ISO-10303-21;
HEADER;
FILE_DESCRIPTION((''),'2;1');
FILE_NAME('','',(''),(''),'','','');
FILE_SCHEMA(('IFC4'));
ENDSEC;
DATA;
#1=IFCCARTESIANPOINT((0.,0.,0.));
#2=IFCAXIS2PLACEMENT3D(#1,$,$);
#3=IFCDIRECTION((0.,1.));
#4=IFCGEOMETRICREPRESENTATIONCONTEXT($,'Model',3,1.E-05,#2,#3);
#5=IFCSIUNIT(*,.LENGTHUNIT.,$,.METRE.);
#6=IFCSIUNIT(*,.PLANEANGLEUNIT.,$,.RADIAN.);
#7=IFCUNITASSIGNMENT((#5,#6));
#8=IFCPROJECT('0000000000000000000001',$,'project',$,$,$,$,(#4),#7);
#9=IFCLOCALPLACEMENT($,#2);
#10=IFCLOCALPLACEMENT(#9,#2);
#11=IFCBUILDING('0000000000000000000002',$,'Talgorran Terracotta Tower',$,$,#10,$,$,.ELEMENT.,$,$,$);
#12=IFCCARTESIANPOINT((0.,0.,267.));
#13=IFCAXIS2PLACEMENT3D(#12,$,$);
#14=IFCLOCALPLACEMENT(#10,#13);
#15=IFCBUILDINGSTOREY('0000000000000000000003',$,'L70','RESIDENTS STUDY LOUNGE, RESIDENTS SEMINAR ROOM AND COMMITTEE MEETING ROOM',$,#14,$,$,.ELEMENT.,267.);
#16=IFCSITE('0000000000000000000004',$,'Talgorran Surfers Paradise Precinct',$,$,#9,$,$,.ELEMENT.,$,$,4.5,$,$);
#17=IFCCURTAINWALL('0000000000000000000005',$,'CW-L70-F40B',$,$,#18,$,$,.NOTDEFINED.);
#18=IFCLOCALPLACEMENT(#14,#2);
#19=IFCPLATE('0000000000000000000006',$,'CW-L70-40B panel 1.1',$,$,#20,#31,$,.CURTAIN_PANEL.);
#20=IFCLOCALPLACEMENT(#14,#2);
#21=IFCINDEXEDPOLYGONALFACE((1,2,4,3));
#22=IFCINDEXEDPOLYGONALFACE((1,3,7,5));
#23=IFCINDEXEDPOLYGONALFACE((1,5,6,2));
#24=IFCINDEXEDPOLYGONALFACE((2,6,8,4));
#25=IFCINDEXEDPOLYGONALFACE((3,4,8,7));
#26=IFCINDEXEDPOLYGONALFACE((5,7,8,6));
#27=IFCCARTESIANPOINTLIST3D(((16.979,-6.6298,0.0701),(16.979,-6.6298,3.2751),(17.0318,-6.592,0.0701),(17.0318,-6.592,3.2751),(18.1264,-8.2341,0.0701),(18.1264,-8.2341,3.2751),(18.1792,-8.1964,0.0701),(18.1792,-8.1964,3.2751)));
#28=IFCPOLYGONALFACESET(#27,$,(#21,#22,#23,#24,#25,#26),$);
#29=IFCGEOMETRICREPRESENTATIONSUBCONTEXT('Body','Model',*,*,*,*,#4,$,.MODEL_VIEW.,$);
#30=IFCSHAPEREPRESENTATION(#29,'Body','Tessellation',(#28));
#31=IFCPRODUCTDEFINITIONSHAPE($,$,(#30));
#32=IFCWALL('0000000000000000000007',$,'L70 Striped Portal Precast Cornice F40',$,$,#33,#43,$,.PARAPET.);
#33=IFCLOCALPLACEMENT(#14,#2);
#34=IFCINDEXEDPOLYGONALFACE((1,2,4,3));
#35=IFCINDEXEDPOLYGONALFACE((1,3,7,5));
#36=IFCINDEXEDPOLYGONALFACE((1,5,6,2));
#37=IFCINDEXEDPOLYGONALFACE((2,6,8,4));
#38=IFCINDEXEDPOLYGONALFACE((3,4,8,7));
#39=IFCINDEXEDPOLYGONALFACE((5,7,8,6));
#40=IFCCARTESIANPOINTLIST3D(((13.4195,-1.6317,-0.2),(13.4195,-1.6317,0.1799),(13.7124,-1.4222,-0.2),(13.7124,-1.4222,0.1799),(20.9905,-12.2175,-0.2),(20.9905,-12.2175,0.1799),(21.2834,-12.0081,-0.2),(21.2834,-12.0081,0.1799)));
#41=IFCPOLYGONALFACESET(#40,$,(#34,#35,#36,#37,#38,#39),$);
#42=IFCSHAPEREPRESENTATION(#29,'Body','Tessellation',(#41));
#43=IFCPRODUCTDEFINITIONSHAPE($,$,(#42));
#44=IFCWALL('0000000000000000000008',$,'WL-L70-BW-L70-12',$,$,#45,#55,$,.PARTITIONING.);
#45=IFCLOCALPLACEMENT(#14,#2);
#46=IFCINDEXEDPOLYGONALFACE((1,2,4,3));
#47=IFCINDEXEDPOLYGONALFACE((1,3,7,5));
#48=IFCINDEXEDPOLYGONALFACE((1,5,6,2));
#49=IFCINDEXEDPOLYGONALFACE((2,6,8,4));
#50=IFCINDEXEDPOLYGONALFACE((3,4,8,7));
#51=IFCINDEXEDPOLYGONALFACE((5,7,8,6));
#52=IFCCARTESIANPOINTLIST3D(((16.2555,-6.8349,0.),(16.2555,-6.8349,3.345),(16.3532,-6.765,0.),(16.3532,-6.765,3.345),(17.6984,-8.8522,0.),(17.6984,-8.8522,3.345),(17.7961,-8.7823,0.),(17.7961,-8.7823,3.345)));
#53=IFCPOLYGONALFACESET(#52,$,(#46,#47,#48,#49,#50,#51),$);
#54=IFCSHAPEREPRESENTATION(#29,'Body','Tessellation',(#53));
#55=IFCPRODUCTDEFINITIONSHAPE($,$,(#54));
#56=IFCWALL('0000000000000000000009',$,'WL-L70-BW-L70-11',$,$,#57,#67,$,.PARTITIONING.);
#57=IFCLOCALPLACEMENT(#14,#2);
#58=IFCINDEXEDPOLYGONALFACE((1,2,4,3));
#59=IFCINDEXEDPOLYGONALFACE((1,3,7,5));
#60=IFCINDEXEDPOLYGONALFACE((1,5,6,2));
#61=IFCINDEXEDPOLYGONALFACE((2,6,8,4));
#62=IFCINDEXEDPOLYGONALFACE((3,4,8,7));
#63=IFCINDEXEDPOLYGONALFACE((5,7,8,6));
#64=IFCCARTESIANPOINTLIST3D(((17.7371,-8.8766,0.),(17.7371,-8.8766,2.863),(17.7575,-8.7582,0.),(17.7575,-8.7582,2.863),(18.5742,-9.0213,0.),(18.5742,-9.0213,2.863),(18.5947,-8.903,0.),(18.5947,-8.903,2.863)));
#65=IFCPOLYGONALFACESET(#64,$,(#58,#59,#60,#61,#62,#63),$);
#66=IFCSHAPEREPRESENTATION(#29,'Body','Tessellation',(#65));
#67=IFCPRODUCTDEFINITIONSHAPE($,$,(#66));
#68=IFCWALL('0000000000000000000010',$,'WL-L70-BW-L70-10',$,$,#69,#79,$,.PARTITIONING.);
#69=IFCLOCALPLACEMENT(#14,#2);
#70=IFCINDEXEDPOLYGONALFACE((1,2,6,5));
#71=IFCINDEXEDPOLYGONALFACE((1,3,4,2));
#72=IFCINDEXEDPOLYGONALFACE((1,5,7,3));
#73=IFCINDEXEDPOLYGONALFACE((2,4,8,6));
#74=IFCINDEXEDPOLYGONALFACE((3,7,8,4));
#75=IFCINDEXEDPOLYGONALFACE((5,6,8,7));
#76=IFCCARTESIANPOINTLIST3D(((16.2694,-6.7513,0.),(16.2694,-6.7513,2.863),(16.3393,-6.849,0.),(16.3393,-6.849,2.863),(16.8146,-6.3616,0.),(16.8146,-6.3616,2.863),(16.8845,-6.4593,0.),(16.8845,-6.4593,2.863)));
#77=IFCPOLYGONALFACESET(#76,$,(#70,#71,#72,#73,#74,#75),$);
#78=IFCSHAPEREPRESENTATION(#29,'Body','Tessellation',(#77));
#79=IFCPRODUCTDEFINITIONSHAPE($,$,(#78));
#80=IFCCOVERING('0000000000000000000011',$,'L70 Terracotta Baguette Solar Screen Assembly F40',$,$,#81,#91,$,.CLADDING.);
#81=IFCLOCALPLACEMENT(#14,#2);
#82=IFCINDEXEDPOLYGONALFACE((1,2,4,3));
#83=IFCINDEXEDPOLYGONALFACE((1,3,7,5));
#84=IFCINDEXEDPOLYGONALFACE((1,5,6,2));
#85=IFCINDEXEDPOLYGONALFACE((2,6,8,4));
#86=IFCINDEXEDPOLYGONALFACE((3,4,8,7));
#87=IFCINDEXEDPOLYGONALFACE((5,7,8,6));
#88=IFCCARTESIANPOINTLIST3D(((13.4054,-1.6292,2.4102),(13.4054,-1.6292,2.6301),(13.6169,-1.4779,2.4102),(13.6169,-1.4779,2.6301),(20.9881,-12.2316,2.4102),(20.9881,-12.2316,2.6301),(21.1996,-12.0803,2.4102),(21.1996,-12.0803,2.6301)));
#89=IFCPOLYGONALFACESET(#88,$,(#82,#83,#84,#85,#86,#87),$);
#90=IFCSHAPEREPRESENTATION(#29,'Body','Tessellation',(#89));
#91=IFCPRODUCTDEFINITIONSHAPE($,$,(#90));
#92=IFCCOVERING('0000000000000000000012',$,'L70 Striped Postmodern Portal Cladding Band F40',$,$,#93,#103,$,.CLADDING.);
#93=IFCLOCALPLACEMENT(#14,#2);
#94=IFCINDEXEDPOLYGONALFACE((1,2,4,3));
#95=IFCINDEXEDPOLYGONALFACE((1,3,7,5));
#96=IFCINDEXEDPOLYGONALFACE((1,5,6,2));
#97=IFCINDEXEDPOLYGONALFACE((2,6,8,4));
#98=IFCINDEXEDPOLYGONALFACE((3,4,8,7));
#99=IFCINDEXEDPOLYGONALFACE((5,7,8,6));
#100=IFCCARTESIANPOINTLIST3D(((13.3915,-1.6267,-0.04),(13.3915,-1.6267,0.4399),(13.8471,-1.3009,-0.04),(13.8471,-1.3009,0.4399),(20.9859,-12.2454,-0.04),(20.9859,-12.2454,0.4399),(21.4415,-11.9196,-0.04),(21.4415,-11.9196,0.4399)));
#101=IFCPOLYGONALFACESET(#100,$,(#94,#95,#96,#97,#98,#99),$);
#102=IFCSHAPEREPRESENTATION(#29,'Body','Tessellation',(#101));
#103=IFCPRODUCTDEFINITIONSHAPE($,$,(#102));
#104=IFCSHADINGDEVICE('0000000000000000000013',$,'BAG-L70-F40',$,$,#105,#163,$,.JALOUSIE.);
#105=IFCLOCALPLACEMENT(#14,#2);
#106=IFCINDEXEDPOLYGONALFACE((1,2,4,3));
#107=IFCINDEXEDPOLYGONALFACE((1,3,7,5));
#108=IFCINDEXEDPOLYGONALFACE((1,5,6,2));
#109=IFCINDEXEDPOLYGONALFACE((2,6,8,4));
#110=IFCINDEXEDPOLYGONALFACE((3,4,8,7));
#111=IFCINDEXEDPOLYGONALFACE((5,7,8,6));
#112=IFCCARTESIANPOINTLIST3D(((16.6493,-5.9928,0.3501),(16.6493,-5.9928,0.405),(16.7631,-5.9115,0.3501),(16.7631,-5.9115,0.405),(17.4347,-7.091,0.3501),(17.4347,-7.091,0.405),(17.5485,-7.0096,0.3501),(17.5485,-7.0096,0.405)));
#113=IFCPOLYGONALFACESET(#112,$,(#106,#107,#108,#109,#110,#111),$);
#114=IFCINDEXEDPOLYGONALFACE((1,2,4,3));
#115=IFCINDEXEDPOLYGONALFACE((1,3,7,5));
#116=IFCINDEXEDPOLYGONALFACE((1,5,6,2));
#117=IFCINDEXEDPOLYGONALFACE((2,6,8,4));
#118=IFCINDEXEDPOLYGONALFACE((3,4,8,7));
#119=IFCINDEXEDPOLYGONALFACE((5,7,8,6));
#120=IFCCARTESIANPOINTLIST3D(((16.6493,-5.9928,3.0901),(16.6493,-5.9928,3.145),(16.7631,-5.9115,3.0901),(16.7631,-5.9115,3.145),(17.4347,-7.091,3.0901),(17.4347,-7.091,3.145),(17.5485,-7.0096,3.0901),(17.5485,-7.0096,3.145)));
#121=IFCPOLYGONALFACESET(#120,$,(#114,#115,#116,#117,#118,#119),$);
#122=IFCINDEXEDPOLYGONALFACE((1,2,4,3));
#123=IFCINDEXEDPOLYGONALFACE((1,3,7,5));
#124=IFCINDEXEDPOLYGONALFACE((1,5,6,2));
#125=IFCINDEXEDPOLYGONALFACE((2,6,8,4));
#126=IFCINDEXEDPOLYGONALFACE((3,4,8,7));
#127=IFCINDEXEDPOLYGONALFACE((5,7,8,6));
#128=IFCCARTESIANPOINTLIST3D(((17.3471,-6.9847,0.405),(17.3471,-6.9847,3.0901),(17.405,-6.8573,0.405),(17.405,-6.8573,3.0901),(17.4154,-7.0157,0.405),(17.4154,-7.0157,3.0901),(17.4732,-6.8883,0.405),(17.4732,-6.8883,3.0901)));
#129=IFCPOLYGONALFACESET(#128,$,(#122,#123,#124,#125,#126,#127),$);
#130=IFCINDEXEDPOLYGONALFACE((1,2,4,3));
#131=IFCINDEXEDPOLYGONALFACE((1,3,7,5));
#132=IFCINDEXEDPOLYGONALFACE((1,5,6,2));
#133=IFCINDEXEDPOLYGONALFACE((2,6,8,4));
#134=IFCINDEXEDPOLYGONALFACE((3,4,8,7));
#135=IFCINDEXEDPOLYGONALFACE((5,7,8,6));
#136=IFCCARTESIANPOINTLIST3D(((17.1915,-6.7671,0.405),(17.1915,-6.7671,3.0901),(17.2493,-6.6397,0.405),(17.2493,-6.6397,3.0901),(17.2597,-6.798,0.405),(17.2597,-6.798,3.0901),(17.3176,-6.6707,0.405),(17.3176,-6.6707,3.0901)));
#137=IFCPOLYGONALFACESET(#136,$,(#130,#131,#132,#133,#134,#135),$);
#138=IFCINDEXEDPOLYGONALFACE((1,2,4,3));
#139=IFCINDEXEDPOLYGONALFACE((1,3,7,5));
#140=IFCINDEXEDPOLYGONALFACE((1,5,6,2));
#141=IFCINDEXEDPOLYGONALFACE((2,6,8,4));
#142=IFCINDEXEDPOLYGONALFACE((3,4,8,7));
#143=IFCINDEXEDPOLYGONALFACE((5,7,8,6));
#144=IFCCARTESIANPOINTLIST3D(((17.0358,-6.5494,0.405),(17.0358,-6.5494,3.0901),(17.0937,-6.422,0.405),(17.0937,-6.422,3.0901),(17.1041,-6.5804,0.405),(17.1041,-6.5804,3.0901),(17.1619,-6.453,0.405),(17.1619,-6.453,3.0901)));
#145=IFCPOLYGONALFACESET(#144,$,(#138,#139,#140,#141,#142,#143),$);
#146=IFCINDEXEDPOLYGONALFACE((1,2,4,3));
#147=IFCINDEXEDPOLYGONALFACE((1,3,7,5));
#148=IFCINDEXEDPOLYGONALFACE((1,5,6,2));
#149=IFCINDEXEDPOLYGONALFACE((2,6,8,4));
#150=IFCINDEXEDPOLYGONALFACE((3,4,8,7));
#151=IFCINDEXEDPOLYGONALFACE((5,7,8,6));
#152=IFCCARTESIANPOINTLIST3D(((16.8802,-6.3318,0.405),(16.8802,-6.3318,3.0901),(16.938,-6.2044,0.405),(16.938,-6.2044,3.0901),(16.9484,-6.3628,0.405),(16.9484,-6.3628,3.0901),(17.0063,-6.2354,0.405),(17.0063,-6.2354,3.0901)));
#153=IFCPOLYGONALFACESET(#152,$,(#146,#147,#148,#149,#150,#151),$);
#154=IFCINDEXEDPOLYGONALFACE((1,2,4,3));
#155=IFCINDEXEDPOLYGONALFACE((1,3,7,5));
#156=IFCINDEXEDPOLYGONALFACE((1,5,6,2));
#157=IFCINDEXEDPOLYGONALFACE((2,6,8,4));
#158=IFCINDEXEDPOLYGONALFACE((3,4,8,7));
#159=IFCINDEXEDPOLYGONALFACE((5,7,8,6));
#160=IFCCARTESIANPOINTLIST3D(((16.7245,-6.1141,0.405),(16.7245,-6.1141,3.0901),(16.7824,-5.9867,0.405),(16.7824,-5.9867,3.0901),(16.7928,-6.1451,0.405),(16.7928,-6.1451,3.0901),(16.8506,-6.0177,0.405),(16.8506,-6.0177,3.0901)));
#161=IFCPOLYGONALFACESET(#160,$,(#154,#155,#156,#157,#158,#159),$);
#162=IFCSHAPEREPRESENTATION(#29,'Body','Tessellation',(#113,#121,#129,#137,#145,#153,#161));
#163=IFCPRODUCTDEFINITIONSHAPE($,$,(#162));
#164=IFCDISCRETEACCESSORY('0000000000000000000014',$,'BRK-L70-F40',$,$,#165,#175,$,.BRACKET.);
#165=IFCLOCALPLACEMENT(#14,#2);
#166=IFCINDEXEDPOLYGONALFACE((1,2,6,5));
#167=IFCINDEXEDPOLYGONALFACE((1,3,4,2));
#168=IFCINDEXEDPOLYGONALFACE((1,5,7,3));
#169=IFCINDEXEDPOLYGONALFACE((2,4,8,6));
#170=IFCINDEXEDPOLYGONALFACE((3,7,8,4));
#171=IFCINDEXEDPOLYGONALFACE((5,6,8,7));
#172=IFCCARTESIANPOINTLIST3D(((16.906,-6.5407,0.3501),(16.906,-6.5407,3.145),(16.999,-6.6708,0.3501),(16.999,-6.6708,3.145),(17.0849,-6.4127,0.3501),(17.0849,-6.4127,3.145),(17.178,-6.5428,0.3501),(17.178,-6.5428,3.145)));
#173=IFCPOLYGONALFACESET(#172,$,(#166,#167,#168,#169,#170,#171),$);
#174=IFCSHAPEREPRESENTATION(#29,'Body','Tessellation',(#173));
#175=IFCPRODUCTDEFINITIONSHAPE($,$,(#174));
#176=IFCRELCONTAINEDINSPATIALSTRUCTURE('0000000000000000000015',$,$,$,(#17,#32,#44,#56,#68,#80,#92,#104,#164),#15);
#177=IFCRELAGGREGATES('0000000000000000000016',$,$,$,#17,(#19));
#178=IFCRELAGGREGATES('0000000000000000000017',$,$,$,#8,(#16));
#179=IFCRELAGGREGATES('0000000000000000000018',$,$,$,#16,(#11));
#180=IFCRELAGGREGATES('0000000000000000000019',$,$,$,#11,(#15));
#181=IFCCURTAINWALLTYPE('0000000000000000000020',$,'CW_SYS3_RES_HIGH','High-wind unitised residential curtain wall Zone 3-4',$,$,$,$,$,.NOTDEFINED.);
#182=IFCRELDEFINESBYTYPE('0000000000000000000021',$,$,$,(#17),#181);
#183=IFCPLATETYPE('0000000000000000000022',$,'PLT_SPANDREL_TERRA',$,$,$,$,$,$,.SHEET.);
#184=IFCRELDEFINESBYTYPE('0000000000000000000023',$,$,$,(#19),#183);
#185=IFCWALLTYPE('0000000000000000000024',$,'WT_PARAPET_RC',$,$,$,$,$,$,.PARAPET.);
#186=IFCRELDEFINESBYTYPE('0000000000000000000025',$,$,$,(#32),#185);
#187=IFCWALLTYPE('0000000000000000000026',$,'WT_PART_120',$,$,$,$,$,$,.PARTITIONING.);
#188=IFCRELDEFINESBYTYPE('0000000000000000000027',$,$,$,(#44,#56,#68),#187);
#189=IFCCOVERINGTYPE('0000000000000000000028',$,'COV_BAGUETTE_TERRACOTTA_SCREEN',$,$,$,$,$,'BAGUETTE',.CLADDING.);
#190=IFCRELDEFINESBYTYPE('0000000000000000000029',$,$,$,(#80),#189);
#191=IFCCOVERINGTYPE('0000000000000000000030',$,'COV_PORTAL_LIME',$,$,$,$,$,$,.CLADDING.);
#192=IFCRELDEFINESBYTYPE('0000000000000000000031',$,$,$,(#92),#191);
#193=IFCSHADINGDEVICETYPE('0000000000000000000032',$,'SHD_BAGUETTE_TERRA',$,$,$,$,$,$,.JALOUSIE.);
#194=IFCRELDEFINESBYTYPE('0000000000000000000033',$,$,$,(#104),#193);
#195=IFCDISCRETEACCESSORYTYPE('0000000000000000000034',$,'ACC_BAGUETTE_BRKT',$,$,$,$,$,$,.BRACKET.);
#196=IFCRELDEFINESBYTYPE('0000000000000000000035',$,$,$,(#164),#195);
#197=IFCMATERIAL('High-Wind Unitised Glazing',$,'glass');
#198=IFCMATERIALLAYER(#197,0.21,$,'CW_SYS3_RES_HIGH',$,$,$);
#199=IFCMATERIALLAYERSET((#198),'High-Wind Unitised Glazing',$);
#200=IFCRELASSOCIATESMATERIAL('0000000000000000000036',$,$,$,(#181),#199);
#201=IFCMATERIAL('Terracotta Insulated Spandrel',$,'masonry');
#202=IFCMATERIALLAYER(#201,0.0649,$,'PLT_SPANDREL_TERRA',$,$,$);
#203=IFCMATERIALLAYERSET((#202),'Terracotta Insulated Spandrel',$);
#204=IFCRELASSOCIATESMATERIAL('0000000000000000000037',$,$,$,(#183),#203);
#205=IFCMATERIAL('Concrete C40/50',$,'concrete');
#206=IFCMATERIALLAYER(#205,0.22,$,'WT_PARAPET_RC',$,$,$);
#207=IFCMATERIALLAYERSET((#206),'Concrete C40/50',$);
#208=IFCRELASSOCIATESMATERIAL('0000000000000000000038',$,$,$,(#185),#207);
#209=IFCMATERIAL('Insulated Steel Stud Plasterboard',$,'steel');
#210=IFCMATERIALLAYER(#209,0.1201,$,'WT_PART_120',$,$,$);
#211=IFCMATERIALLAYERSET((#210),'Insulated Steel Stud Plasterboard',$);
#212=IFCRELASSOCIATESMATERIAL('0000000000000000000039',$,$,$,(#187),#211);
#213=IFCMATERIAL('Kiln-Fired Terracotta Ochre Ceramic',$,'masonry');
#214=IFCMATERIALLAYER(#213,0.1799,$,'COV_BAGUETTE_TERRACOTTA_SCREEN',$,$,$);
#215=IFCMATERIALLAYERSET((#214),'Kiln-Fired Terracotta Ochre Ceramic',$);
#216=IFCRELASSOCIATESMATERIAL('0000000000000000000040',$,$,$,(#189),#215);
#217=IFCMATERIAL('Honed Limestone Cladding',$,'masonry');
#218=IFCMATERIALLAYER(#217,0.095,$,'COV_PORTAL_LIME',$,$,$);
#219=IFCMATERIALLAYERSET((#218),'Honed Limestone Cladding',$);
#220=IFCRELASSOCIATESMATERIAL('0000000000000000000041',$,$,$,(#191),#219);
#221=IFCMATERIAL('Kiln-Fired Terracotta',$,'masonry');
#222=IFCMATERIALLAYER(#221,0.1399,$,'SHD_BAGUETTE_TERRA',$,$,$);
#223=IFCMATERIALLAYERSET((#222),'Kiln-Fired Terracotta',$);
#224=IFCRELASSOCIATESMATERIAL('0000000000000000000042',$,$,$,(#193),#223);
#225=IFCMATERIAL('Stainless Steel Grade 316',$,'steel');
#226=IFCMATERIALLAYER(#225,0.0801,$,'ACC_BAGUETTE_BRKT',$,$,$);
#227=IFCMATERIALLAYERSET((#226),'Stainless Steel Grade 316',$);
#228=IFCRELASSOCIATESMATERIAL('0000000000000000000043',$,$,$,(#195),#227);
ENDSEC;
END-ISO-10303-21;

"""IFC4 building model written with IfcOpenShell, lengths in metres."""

from ifc_helpers import new_model, si_unit, direction, frame, frame_2d, origin, origin_2d, place, context, subcontext, project, spatial, rectangle, extrude, source, transform, mapped, material, layer, layer_set, type_object, type_shapes, element, aggregate, save


model = new_model("IFC4")

# Units and contexts
model_context = context("Model", 3, precision=1e-05, world=origin(), true_north=direction((0.0, 1.0)))
body_context = subcontext(model_context, "Body", "Model", "MODEL_VIEW")
ifc_project = project(units=[si_unit("LENGTHUNIT", "METRE"), si_unit("PLANEANGLEUNIT", "RADIAN")], contexts=[model_context])

# Site, building, storey
site_placement = place(None, origin())
site = spatial("IfcSite", under=ifc_project, at=site_placement, Name="Talgorran Surfers Paradise Precinct", CompositionType="ELEMENT", RefElevation=4.5)
building_placement = place(site_placement, origin())
building = spatial("IfcBuilding", under=site, at=building_placement, Name="Talgorran Terracotta Tower", CompositionType="ELEMENT")
storey_placement = place(building_placement, frame((0.0, 0.0, 267.0)))
storey = spatial("IfcBuildingStorey", under=building, at=storey_placement, Name="L70", Description="RESIDENTS STUDY LOUNGE, RESIDENTS SEMINAR ROOM AND COMMITTEE MEETING ROOM", CompositionType="ELEMENT", Elevation=267.0)

# Shared definitions
ifc_material_1 = material(Name="High-Wind Unitised Glazing", Category="glass")
ifc_layer_1 = layer(ifc_material_1, 0.21, Name="CW_SYS3_RES_HIGH")
ifc_layer_set_1 = layer_set([ifc_layer_1], Name="High-Wind Unitised Glazing")
curtain_wall_type = type_object("IfcCurtainWallType", Name="CW_SYS3_RES_HIGH", Description="High-wind unitised residential curtain wall Zone 3-4", PredefinedType="NOTDEFINED", material=ifc_layer_set_1)

# Curtain wall
curtain_wall_1_placement = place(storey_placement, origin())
curtain_wall_1 = element("IfcCurtainWall", 1, at=curtain_wall_1_placement, inside=storey, type_object=curtain_wall_type, Name="CW-L70-F40B", PredefinedType="NOTDEFINED")

# Plate
ifc_material_2 = material(Name="Terracotta Insulated Spandrel", Category="masonry")
ifc_layer_2 = layer(ifc_material_2, 0.0649, Name="PLT_SPANDREL_TERRA")
ifc_layer_set_2 = layer_set([ifc_layer_2], Name="Terracotta Insulated Spandrel")
plate_type_1 = type_object("IfcPlateType", Name="PLT_SPANDREL_TERRA", PredefinedType="SHEET", material=ifc_layer_set_2)
shared_shape_1 = source(origin(), body_context, "Body", "SweptSolid", [
    extrude(rectangle(XDim=1.9724, YDim=0.0649, at=origin_2d()), origin(), (0.0, 0.0, 1.0), 3.2051),
])
type_shapes(plate_type_1, [shared_shape_1])
plate_1_placement = place(storey_placement, frame((17.5791, -7.4131, 0.0701), z_axis=(0.0, 0.0, 1.0), x_axis=(-0.581735, 0.813378, 0.0)))
plate_1 = element("IfcPlate", 2, at=plate_1_placement, type_object=plate_type_1, Name="CW-L70-40B panel 1.1", PredefinedType="CURTAIN_PANEL", context=body_context, shape_type="MappedRepresentation", body=[
    mapped(shared_shape_1, transform((0.0, 0.0, 0.0), scale=1.0)),
])
aggregate(curtain_wall_1, [plate_1])

# Walls
ifc_material_3 = material(Name="Concrete C40/50", Category="concrete")
ifc_layer_3 = layer(ifc_material_3, 0.22, Name="WT_PARAPET_RC")
ifc_layer_set_3 = layer_set([ifc_layer_3], Name="Concrete C40/50")
wall_type_1 = type_object("IfcWallType", Name="WT_PARAPET_RC", PredefinedType="PARAPET", material=ifc_layer_set_3)
wall_1_placement = place(storey_placement, frame((21.137, -12.1128, -0.2), z_axis=(0.0, 0.0, 1.0), x_axis=(-0.58173, 0.813382, 0.0)))
element("IfcWall", 3, at=wall_1_placement, inside=storey, type_object=wall_type_1, Name="L70 Striped Portal Precast Cornice F40", PredefinedType="PARAPET", context=body_context, shape_type="SweptSolid", body=[
    extrude(rectangle(XDim=13.0146, YDim=0.3601, at=frame_2d((6.5073, 0.0))), origin(), (0.0, 0.0, 1.0), 0.3799),
])
ifc_material_4 = material(Name="Insulated Steel Stud Plasterboard", Category="steel")
ifc_layer_4 = layer(ifc_material_4, 0.1201, Name="WT_PART_120")
ifc_layer_set_4 = layer_set([ifc_layer_4], Name="Insulated Steel Stud Plasterboard")
wall_type_2 = type_object("IfcWallType", Name="WT_PART_120", PredefinedType="PARTITIONING", material=ifc_layer_set_4)
wall_2_placement = place(storey_placement, frame((17.7473, -8.8174, 0.0), z_axis=(0.0, 0.0, 1.0), x_axis=(-0.58175, 0.813368, 0.0)))
element("IfcWall", 4, at=wall_2_placement, inside=storey, type_object=wall_type_2, Name="WL-L70-BW-L70-12", PredefinedType="PARTITIONING", context=body_context, shape_type="SweptSolid", body=[
    extrude(rectangle(XDim=2.4802, YDim=0.1201, at=frame_2d((1.2402, 0.0))), origin(), (0.0, 0.0, 1.0), 3.345),
])
wall_3_placement = place(storey_placement, frame((18.5845, -8.9622, 0.0), z_axis=(0.0, 0.0, 1.0), x_axis=(-0.985374, 0.170407, 0.0)))
element("IfcWall", 5, at=wall_3_placement, inside=storey, type_object=wall_type_2, Name="WL-L70-BW-L70-11", PredefinedType="PARTITIONING", context=body_context, shape_type="SweptSolid", body=[
    extrude(rectangle(XDim=0.8496, YDim=0.1201, at=frame_2d((0.4248, 0.0))), origin(), (0.0, 0.0, 1.0), 2.863),
])
wall_4_placement = place(storey_placement, frame((16.3044, -6.8, 0.0), z_axis=(0.0, 0.0, 1.0), x_axis=(0.813561, 0.581479, 0.0)))
element("IfcWall", 6, at=wall_4_placement, inside=storey, type_object=wall_type_2, Name="WL-L70-BW-L70-10", PredefinedType="PARTITIONING", context=body_context, shape_type="SweptSolid", body=[
    extrude(rectangle(XDim=0.6702, YDim=0.1201, at=frame_2d((0.335, 0.0))), origin(), (0.0, 0.0, 1.0), 2.863),
])

# Coverings
ifc_material_5 = material(Name="Kiln-Fired Terracotta Ochre Ceramic", Category="masonry")
ifc_layer_5 = layer(ifc_material_5, 0.1799, Name="COV_BAGUETTE_TERRACOTTA_SCREEN")
ifc_layer_set_5 = layer_set([ifc_layer_5], Name="Kiln-Fired Terracotta Ochre Ceramic")
covering_type_1 = type_object("IfcCoveringType", Name="COV_BAGUETTE_TERRACOTTA_SCREEN", ElementType="BAGUETTE", PredefinedType="CLADDING", material=ifc_layer_set_5)
covering_1_placement = place(storey_placement, frame((17.3025, -6.8547, 2.4102), z_axis=(0.0, 0.0, 1.0), x_axis=(-0.581726, 0.813385, 0.0)))
element("IfcCovering", 7, at=covering_1_placement, inside=storey, type_object=covering_type_1, Name="L70 Terracotta Baguette Solar Screen Assembly F40", PredefinedType="CLADDING", context=body_context, shape_type="SweptSolid", body=[
    extrude(rectangle(XDim=13.0349, YDim=0.26, at=origin_2d()), origin(), (0.0, 0.0, 1.0), 0.22),
])
ifc_material_6 = material(Name="Honed Limestone Cladding", Category="masonry")
ifc_layer_6 = layer(ifc_material_6, 0.095, Name="COV_PORTAL_LIME")
ifc_layer_set_6 = layer_set([ifc_layer_6], Name="Honed Limestone Cladding")
covering_type_2 = type_object("IfcCoveringType", Name="COV_PORTAL_LIME", PredefinedType="CLADDING", material=ifc_layer_set_6)
covering_2_placement = place(storey_placement, frame((17.4165, -6.7732, -0.04), z_axis=(0.0, 0.0, 1.0), x_axis=(-0.581726, 0.813385, 0.0)))
element("IfcCovering", 8, at=covering_2_placement, inside=storey, type_object=covering_type_2, Name="L70 Striped Postmodern Portal Cladding Band F40", PredefinedType="CLADDING", context=body_context, shape_type="SweptSolid", body=[
    extrude(rectangle(XDim=13.0549, YDim=0.5601, at=origin_2d()), origin(), (0.0, 0.0, 1.0), 0.48),
])

# Shading device
ifc_material_7 = material(Name="Kiln-Fired Terracotta", Category="masonry")
ifc_layer_7 = layer(ifc_material_7, 0.1399, Name="SHD_BAGUETTE_TERRA")
ifc_layer_set_7 = layer_set([ifc_layer_7], Name="Kiln-Fired Terracotta")
shading_device_type = type_object("IfcShadingDeviceType", Name="SHD_BAGUETTE_TERRA", PredefinedType="JALOUSIE", material=ifc_layer_set_7)
shared_shape_2 = source(origin(), body_context, "Body", "SweptSolid", [
    extrude(rectangle(XDim=1.3501, YDim=0.1399, at=origin_2d()), origin(), (0.0, 0.0, 1.0), 0.0549),
    extrude(rectangle(XDim=1.3501, YDim=0.1399, at=origin_2d()), frame((0.0, 0.0, 2.74)), (0.0, 0.0, 1.0), 0.0549),
    extrude(rectangle(XDim=0.075, YDim=0.1399, at=origin_2d()), frame((-0.5352, 0.0, 0.0549), z_axis=(0.0, 0.0, 1.0), x_axis=(0.866025, 0.5, 0.0)), (0.0, 0.0, 1.0), 2.6851),
    extrude(rectangle(XDim=0.075, YDim=0.1399, at=origin_2d()), frame((-0.2676, 0.0, 0.0549), z_axis=(0.0, 0.0, 1.0), x_axis=(0.866025, 0.5, 0.0)), (0.0, 0.0, 1.0), 2.6851),
    extrude(rectangle(XDim=0.075, YDim=0.1399, at=origin_2d()), frame((0.0, 0.0, 0.0549), z_axis=(0.0, 0.0, 1.0), x_axis=(0.866025, 0.5, 0.0)), (0.0, 0.0, 1.0), 2.6851),
    extrude(rectangle(XDim=0.075, YDim=0.1399, at=origin_2d()), frame((0.2676, 0.0, 0.0549), z_axis=(0.0, 0.0, 1.0), x_axis=(0.866025, 0.5, 0.0)), (0.0, 0.0, 1.0), 2.6851),
    extrude(rectangle(XDim=0.075, YDim=0.1399, at=origin_2d()), frame((0.5352, 0.0, 0.0549), z_axis=(0.0, 0.0, 1.0), x_axis=(0.866025, 0.5, 0.0)), (0.0, 0.0, 1.0), 2.6851),
])
type_shapes(shading_device_type, [shared_shape_2])
shading_device_placement = place(storey_placement, frame((17.0989, -6.5012, 0.3501), z_axis=(0.0, 0.0, 1.0), x_axis=(-0.581726, 0.813385, 0.0)))
element("IfcShadingDevice", 9, at=shading_device_placement, inside=storey, type_object=shading_device_type, Name="BAG-L70-F40", PredefinedType="JALOUSIE", context=body_context, shape_type="MappedRepresentation", body=[
    mapped(shared_shape_2, transform((0.0, 0.0, 0.0), scale=1.0)),
])

# Discrete accessory
ifc_material_8 = material(Name="Stainless Steel Grade 316", Category="steel")
ifc_layer_8 = layer(ifc_material_8, 0.0801, Name="ACC_BAGUETTE_BRKT")
ifc_layer_set_8 = layer_set([ifc_layer_8], Name="Stainless Steel Grade 316")
discrete_accessory_type = type_object("IfcDiscreteAccessoryType", Name="ACC_BAGUETTE_BRKT", PredefinedType="BRACKET", material=ifc_layer_set_8)
shared_shape_3 = source(origin(), body_context, "Body", "SweptSolid", [
    extrude(rectangle(XDim=0.1599, YDim=0.22, at=origin_2d()), origin(), (0.0, 0.0, 1.0), 2.7949),
])
type_shapes(discrete_accessory_type, [shared_shape_3])
discrete_accessory_placement = place(storey_placement, frame((17.042, -6.5417, 0.3501), z_axis=(0.0, 0.0, 1.0), x_axis=(-0.581726, 0.813385, 0.0)))
element("IfcDiscreteAccessory", 10, at=discrete_accessory_placement, inside=storey, type_object=discrete_accessory_type, Name="BRK-L70-F40", PredefinedType="BRACKET", context=body_context, shape_type="MappedRepresentation", body=[
    mapped(shared_shape_3, transform((0.0, 0.0, 0.0), scale=1.0)),
])

save(model, "model.ifc")
